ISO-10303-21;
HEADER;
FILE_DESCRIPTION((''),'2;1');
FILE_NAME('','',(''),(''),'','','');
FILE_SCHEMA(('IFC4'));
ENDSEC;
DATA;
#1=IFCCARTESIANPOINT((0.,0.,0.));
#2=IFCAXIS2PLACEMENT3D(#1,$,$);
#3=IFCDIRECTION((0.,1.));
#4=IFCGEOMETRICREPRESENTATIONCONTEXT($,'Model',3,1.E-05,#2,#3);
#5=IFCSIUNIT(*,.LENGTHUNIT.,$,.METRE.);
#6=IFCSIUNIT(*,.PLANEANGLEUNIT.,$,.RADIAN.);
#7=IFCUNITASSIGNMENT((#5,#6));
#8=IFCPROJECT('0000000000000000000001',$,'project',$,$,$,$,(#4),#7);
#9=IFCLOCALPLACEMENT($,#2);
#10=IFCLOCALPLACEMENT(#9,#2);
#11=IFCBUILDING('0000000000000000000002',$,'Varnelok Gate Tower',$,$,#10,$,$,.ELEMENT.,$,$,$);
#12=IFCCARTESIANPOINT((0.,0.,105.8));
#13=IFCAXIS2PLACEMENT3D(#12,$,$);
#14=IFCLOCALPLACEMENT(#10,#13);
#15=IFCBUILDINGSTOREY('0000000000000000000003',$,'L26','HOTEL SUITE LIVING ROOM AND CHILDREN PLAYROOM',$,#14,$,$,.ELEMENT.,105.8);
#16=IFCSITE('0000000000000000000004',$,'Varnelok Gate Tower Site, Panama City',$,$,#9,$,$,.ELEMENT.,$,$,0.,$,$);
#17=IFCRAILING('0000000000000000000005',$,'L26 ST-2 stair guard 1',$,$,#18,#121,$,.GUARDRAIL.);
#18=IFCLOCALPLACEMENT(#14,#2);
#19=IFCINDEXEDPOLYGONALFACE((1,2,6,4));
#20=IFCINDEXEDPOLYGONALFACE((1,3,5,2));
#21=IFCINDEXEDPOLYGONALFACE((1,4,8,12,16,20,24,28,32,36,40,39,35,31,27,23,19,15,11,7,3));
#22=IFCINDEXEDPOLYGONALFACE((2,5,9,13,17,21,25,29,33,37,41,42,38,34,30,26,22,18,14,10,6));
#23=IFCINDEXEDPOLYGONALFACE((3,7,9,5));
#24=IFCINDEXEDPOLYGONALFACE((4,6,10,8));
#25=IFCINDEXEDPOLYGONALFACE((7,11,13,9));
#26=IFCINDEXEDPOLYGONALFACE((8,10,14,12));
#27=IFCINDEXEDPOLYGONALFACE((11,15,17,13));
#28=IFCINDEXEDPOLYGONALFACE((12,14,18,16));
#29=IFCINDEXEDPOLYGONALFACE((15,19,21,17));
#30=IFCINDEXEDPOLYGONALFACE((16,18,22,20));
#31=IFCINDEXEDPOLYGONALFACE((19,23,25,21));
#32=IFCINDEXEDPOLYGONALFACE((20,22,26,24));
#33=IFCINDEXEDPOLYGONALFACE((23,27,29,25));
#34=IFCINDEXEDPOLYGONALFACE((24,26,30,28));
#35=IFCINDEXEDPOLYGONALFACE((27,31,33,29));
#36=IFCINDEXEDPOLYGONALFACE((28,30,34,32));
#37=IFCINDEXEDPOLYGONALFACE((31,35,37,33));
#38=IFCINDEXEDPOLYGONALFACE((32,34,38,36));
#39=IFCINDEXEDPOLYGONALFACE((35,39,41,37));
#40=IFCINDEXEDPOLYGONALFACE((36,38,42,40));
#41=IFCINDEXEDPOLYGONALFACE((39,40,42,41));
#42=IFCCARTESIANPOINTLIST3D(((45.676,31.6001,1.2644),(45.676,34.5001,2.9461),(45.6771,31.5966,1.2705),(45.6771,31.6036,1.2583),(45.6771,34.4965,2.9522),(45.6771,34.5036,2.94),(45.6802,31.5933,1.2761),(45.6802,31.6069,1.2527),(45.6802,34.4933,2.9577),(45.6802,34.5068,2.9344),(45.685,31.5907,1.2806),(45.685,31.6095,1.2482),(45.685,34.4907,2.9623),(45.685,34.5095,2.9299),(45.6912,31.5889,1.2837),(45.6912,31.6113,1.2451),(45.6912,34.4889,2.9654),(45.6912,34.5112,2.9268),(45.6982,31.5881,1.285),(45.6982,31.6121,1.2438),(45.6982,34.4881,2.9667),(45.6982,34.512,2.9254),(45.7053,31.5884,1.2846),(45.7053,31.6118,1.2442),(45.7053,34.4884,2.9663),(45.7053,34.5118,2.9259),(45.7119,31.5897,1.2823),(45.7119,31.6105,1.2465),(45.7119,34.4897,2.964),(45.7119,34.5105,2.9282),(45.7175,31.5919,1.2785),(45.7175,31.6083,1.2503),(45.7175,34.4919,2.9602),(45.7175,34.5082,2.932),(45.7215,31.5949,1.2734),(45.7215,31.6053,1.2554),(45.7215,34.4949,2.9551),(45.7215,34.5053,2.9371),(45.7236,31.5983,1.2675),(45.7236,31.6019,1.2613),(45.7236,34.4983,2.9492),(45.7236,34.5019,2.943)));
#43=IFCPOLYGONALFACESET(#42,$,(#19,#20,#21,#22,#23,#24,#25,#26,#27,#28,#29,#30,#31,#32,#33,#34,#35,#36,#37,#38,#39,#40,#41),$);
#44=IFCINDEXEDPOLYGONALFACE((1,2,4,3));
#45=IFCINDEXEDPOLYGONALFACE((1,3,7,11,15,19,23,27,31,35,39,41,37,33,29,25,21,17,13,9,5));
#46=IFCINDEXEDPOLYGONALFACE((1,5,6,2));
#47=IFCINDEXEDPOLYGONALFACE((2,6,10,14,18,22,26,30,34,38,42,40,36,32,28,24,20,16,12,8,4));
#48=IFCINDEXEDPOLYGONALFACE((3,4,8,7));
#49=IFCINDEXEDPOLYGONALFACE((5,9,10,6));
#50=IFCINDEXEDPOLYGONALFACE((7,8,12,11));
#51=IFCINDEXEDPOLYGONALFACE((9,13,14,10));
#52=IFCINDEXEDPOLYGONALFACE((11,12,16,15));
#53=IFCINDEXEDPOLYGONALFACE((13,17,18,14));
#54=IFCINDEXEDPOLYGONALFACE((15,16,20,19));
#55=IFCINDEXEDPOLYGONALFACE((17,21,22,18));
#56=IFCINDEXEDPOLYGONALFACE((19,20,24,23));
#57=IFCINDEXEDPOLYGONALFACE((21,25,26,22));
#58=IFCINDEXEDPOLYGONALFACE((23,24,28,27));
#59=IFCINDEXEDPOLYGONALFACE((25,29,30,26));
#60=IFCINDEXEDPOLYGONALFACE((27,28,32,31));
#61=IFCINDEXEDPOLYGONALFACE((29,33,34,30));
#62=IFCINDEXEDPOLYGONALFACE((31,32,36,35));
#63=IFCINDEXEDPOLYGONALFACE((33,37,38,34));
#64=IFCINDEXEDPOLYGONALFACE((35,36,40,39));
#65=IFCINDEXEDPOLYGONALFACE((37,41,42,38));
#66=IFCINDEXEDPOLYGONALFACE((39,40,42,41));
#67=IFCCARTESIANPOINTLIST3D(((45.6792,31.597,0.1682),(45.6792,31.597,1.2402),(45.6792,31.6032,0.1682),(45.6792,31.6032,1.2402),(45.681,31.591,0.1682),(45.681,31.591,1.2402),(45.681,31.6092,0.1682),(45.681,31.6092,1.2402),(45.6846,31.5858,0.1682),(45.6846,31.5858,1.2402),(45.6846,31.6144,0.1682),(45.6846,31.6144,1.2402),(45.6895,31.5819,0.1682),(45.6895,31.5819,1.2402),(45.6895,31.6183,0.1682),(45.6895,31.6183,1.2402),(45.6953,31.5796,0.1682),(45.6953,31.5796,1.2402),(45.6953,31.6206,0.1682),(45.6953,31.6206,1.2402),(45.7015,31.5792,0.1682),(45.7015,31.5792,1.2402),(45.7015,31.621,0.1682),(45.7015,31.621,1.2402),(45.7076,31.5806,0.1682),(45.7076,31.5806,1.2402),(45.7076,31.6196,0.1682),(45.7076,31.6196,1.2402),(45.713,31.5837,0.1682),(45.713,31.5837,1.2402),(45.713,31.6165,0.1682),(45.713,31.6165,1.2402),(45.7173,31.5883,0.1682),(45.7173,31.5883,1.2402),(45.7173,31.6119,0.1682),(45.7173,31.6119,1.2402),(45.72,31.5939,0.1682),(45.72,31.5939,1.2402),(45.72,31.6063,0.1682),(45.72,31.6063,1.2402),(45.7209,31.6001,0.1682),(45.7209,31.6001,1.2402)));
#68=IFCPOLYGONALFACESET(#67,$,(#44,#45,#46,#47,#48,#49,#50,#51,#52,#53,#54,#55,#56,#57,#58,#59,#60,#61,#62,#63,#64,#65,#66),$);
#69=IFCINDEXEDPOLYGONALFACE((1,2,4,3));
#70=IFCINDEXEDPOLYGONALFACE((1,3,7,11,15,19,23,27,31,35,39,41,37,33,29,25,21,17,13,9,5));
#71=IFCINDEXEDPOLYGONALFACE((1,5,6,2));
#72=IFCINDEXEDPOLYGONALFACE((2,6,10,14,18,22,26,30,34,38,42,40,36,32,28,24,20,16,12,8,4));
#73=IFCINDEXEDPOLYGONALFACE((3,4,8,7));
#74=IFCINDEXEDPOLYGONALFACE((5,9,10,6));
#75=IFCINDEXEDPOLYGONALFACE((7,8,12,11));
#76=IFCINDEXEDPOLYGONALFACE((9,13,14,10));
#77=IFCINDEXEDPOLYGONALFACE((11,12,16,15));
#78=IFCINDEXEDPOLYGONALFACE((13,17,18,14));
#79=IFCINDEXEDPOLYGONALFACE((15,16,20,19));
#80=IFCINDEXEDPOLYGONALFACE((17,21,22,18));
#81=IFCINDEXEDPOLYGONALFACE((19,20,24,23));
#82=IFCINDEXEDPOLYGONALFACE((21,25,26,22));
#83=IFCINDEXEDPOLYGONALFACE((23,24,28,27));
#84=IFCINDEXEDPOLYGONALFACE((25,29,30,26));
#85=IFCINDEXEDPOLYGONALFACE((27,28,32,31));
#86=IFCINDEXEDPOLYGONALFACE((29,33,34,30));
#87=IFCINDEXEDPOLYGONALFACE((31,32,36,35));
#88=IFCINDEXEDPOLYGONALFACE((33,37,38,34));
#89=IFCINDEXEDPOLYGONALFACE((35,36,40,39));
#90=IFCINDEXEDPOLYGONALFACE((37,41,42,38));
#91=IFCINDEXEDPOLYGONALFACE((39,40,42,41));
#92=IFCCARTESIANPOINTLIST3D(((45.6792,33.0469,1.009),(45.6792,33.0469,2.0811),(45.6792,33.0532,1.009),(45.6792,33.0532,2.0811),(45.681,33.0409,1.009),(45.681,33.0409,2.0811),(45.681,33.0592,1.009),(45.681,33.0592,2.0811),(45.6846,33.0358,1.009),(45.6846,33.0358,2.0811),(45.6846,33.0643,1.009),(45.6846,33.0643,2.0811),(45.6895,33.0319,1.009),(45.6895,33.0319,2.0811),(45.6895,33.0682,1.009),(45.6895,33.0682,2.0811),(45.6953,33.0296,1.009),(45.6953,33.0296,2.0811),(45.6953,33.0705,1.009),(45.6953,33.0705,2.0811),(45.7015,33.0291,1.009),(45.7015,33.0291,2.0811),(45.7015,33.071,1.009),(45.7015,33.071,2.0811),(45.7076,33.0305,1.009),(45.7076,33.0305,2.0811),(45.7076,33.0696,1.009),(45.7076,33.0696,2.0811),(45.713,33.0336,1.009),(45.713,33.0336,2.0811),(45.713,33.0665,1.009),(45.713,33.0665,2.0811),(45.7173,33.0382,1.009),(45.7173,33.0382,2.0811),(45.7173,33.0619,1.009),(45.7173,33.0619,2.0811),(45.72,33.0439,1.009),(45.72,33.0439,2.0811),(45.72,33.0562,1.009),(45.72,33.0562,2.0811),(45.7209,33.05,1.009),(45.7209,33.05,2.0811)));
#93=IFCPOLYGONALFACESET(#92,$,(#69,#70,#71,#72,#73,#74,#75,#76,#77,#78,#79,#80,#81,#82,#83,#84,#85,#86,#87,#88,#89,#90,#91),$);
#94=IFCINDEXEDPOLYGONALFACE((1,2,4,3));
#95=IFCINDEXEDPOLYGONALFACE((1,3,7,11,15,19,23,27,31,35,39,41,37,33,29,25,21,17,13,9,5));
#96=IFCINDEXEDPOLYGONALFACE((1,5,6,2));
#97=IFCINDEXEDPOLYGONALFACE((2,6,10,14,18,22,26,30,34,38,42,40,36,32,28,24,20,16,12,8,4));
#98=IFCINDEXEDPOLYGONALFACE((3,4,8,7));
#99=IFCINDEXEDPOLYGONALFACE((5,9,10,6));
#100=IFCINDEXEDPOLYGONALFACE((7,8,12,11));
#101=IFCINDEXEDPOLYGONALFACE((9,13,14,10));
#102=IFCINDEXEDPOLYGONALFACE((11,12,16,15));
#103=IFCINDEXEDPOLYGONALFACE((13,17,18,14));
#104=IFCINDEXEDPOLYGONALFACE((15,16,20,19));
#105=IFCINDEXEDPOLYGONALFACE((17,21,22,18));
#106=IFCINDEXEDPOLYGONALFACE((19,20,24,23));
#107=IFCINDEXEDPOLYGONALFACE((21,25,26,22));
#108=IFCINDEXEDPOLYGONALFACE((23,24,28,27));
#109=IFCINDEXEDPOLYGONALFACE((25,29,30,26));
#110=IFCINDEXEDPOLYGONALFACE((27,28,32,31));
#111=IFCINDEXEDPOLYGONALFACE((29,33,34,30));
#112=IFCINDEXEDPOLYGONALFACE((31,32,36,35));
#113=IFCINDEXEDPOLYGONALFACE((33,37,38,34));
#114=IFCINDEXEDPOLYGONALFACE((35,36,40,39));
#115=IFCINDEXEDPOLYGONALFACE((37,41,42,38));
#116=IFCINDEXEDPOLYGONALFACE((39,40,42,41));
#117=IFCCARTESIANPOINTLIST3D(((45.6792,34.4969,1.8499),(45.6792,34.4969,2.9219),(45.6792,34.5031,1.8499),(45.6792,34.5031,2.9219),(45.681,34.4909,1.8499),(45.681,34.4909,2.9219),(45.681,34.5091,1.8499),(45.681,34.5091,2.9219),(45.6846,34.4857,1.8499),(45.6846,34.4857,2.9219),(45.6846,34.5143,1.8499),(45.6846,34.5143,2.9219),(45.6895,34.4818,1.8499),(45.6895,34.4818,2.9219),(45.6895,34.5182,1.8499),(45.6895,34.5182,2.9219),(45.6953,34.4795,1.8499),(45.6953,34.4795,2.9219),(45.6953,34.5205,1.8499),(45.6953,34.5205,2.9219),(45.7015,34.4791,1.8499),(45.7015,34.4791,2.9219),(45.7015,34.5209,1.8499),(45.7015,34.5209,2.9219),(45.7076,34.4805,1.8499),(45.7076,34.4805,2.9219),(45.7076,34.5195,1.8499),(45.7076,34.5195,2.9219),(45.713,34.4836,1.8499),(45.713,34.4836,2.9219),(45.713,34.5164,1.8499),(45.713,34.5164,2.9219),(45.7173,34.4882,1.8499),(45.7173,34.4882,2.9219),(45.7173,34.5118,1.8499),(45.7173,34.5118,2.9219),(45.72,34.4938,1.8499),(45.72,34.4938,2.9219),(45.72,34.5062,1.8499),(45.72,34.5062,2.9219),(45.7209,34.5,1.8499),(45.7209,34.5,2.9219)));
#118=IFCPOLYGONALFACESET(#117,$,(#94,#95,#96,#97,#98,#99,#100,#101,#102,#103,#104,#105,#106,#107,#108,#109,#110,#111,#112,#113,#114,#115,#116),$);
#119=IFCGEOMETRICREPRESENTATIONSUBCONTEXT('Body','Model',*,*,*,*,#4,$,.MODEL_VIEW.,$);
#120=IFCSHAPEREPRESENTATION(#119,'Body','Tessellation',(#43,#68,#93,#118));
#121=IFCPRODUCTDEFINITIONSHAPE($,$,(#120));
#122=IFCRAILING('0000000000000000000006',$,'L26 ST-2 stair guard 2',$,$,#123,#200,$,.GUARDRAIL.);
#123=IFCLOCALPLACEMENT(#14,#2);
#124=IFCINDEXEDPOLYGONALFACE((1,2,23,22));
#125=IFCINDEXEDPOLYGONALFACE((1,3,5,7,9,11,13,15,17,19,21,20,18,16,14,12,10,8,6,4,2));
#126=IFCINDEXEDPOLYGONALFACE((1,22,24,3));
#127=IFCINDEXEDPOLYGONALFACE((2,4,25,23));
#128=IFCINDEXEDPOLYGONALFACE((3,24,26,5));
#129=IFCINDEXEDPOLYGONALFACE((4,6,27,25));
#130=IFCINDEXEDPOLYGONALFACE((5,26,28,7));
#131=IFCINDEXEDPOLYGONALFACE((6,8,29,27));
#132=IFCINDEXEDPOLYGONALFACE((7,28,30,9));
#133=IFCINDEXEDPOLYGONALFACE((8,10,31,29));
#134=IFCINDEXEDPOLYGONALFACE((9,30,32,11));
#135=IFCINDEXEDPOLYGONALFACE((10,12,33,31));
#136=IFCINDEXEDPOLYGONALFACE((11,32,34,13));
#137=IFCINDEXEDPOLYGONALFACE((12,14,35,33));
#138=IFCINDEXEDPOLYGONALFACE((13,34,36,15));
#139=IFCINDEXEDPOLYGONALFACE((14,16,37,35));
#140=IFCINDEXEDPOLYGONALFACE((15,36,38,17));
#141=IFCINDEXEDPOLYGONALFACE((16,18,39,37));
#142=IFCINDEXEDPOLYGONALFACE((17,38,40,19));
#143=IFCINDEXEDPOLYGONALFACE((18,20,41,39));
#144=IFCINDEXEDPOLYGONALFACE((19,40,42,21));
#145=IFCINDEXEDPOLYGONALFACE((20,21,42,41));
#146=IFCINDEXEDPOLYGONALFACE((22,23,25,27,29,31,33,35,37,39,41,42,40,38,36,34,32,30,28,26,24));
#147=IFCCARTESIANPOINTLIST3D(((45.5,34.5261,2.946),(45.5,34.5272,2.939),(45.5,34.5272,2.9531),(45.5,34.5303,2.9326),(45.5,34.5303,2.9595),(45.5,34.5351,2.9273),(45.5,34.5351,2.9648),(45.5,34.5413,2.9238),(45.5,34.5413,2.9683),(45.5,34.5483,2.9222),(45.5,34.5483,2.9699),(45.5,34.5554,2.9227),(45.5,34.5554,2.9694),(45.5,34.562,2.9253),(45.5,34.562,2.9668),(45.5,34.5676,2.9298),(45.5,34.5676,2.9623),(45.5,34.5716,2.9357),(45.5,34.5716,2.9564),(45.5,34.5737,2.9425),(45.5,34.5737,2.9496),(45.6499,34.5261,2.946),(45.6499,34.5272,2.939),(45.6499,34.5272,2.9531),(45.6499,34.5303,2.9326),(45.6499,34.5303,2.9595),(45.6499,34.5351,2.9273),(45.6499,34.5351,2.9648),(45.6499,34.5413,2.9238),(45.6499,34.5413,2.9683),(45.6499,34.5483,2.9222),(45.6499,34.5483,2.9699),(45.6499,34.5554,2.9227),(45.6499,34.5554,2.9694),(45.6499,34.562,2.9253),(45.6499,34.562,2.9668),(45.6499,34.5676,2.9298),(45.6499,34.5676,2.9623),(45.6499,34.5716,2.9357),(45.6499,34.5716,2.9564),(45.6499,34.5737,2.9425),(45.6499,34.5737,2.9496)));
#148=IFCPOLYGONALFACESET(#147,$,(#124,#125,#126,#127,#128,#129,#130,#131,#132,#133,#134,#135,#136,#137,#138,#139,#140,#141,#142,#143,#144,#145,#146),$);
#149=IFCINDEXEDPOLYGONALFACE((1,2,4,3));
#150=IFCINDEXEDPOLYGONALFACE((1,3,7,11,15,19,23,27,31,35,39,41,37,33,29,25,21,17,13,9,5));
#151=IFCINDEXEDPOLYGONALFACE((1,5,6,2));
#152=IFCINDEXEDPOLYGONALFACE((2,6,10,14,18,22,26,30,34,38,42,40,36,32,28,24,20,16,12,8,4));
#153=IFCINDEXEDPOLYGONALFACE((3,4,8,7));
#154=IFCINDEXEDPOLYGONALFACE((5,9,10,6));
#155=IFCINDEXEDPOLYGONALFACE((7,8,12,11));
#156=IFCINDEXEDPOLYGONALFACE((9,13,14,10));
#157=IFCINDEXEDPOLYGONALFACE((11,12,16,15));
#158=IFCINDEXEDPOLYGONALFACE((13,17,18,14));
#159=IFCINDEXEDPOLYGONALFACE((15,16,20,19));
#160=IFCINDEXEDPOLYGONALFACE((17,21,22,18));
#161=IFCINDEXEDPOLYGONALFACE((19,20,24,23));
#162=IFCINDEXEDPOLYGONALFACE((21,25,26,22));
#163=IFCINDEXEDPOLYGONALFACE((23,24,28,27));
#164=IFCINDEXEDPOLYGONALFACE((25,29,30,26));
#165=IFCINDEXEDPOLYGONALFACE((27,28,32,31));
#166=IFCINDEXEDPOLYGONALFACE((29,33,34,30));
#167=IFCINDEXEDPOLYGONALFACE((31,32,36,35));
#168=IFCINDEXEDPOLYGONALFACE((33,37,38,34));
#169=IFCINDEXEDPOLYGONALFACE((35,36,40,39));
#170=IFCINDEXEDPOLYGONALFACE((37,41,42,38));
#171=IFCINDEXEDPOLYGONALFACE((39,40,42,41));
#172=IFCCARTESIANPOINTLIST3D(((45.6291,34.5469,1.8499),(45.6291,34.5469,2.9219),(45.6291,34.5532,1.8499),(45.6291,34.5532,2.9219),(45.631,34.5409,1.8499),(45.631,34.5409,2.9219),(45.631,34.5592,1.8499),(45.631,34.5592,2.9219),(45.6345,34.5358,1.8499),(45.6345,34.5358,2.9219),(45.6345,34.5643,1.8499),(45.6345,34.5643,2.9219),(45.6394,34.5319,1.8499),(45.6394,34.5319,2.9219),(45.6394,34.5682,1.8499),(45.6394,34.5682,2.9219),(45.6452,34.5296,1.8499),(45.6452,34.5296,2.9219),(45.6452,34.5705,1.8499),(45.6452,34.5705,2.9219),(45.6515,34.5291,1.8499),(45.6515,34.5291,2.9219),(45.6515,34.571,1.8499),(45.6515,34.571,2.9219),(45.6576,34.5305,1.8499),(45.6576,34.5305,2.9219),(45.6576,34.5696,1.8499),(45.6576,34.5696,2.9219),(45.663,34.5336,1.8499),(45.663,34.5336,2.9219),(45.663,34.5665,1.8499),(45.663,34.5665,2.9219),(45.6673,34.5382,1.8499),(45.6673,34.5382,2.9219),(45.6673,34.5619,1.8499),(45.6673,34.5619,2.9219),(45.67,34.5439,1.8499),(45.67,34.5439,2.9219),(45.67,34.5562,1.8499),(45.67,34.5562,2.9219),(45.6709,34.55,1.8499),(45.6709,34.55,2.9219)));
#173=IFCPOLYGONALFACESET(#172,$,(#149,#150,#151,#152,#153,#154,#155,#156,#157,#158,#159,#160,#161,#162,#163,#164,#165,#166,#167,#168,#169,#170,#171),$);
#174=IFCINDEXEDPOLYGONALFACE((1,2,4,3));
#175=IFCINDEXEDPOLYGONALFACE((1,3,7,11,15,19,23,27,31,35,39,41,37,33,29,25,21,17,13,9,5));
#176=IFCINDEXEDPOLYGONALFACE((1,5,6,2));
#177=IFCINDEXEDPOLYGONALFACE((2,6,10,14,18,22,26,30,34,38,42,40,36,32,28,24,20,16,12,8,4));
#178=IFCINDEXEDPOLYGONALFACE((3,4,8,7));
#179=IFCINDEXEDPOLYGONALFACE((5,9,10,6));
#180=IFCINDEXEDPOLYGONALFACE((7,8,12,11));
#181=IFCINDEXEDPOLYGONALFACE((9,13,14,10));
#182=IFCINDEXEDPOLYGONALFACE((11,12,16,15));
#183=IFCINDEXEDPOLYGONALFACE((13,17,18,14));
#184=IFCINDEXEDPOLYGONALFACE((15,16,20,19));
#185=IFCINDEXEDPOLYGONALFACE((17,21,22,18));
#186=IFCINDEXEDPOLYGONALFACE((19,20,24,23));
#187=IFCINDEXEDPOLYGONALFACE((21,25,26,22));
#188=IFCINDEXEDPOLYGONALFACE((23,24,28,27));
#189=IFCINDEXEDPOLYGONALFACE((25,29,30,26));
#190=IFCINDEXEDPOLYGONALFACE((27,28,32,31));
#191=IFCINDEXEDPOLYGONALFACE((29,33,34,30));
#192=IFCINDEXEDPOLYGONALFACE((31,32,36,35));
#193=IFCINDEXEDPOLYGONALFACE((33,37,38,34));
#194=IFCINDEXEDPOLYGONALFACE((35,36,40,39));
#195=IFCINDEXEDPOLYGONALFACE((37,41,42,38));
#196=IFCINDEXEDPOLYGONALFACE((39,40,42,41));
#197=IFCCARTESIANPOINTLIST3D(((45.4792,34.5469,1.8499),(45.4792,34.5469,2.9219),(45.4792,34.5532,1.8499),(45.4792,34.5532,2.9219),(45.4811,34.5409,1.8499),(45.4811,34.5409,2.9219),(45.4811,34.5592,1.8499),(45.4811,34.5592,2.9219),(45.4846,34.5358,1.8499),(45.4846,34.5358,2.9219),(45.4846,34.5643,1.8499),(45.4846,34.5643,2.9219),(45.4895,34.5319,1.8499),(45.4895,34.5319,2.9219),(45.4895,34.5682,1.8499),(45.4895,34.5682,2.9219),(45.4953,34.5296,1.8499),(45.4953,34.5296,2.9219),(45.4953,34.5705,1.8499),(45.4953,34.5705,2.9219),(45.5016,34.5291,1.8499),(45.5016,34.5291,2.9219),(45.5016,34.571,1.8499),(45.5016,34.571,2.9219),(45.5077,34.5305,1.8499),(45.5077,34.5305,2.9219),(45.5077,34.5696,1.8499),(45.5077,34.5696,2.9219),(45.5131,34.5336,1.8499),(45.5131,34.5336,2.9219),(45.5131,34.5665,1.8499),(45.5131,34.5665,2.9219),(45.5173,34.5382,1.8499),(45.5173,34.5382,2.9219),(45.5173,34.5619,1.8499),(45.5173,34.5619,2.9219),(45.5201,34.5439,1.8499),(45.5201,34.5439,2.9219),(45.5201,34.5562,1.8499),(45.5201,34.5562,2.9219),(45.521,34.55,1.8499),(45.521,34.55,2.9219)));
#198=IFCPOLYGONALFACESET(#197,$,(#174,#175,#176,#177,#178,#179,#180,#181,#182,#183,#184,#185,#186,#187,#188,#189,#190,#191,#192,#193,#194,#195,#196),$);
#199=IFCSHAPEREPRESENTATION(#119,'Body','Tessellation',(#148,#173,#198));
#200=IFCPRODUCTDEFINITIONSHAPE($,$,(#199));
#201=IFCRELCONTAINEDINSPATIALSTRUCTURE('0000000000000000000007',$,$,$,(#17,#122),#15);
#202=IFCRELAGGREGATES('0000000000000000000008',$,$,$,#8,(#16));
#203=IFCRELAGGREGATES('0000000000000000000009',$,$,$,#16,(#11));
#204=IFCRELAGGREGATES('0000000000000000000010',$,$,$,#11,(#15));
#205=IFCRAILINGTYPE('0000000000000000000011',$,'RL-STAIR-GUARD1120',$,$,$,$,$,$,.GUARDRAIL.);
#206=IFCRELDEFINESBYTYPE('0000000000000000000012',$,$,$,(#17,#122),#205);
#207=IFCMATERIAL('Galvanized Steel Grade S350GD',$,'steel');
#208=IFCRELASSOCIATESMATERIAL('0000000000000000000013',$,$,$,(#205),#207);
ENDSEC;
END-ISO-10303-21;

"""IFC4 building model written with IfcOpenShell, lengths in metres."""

from ifc_helpers import new_model, si_unit, direction, frame, origin, origin_2d, place, context, subcontext, project, spatial, circle, extrude, material, type_object, element, save


model = new_model("IFC4")

# Units and contexts
model_context = context("Model", 3, precision=1e-05, world=origin(), true_north=direction((0.0, 1.0)))
body_context = subcontext(model_context, "Body", "Model", "MODEL_VIEW")
ifc_project = project(units=[si_unit("LENGTHUNIT", "METRE"), si_unit("PLANEANGLEUNIT", "RADIAN")], contexts=[model_context])

# Site, building, storey
site_placement = place(None, origin())
site = spatial("IfcSite", under=ifc_project, at=site_placement, Name="Varnelok Gate Tower Site, Panama City", CompositionType="ELEMENT", RefElevation=0.0)
building_placement = place(site_placement, origin())
building = spatial("IfcBuilding", under=site, at=building_placement, Name="Varnelok Gate Tower", CompositionType="ELEMENT")
storey_placement = place(building_placement, frame((0.0, 0.0, 105.8)))
storey = spatial("IfcBuildingStorey", under=building, at=storey_placement, Name="L26", Description="HOTEL SUITE LIVING ROOM AND CHILDREN PLAYROOM", CompositionType="ELEMENT", Elevation=105.8)

# Shared definitions
ifc_material_1 = material(Name="Galvanized Steel Grade S350GD", Category="steel")

# Railings
railing_type_1 = type_object("IfcRailingType", Name="RL-STAIR-GUARD1120", PredefinedType="GUARDRAIL", material=ifc_material_1)
railing_1_placement = place(storey_placement, frame((45.7, 31.6001, 0.1682)))
element("IfcRailing", 1, at=railing_1_placement, inside=storey, type_object=railing_type_1, Name="L26 ST-2 stair guard 1", PredefinedType="GUARDRAIL", context=body_context, shape_type="SweptSolid", body=[
    extrude(circle(Radius=0.0239, at=origin_2d()), frame((0.0, 0.0, 1.0962), z_axis=(0.0, 0.86507, 0.501651), x_axis=(-1.0, 0.0, 0.0)), (0.0, 0.0, 1.0), 3.3523),
    extrude(circle(Radius=0.021, at=origin_2d()), origin(), (0.0, 0.0, 1.0), 1.072),
    extrude(circle(Radius=0.021, at=origin_2d()), frame((0.0, 1.45, 0.8408)), (0.0, 0.0, 1.0), 1.072),
    extrude(circle(Radius=0.021, at=origin_2d()), frame((0.0, 2.8999, 1.6816)), (0.0, 0.0, 1.0), 1.072),
])
railing_2_placement = place(storey_placement, frame((45.6499, 34.55, 1.8499)))
element("IfcRailing", 2, at=railing_2_placement, inside=storey, type_object=railing_type_1, Name="L26 ST-2 stair guard 2", PredefinedType="GUARDRAIL", context=body_context, shape_type="SweptSolid", body=[
    extrude(circle(Radius=0.0239, at=origin_2d()), frame((0.0, 0.0, 1.0962), z_axis=(-1.0, 0.0, 0.0), x_axis=(0.0, -1.0, 0.0)), (0.0, 0.0, 1.0), 0.1499),
    extrude(circle(Radius=0.021, at=origin_2d()), origin(), (0.0, 0.0, 1.0), 1.072),
    extrude(circle(Radius=0.021, at=origin_2d()), frame((-0.1499, 0.0, 0.0)), (0.0, 0.0, 1.0), 1.072),
])

save(model, "model.ifc")
